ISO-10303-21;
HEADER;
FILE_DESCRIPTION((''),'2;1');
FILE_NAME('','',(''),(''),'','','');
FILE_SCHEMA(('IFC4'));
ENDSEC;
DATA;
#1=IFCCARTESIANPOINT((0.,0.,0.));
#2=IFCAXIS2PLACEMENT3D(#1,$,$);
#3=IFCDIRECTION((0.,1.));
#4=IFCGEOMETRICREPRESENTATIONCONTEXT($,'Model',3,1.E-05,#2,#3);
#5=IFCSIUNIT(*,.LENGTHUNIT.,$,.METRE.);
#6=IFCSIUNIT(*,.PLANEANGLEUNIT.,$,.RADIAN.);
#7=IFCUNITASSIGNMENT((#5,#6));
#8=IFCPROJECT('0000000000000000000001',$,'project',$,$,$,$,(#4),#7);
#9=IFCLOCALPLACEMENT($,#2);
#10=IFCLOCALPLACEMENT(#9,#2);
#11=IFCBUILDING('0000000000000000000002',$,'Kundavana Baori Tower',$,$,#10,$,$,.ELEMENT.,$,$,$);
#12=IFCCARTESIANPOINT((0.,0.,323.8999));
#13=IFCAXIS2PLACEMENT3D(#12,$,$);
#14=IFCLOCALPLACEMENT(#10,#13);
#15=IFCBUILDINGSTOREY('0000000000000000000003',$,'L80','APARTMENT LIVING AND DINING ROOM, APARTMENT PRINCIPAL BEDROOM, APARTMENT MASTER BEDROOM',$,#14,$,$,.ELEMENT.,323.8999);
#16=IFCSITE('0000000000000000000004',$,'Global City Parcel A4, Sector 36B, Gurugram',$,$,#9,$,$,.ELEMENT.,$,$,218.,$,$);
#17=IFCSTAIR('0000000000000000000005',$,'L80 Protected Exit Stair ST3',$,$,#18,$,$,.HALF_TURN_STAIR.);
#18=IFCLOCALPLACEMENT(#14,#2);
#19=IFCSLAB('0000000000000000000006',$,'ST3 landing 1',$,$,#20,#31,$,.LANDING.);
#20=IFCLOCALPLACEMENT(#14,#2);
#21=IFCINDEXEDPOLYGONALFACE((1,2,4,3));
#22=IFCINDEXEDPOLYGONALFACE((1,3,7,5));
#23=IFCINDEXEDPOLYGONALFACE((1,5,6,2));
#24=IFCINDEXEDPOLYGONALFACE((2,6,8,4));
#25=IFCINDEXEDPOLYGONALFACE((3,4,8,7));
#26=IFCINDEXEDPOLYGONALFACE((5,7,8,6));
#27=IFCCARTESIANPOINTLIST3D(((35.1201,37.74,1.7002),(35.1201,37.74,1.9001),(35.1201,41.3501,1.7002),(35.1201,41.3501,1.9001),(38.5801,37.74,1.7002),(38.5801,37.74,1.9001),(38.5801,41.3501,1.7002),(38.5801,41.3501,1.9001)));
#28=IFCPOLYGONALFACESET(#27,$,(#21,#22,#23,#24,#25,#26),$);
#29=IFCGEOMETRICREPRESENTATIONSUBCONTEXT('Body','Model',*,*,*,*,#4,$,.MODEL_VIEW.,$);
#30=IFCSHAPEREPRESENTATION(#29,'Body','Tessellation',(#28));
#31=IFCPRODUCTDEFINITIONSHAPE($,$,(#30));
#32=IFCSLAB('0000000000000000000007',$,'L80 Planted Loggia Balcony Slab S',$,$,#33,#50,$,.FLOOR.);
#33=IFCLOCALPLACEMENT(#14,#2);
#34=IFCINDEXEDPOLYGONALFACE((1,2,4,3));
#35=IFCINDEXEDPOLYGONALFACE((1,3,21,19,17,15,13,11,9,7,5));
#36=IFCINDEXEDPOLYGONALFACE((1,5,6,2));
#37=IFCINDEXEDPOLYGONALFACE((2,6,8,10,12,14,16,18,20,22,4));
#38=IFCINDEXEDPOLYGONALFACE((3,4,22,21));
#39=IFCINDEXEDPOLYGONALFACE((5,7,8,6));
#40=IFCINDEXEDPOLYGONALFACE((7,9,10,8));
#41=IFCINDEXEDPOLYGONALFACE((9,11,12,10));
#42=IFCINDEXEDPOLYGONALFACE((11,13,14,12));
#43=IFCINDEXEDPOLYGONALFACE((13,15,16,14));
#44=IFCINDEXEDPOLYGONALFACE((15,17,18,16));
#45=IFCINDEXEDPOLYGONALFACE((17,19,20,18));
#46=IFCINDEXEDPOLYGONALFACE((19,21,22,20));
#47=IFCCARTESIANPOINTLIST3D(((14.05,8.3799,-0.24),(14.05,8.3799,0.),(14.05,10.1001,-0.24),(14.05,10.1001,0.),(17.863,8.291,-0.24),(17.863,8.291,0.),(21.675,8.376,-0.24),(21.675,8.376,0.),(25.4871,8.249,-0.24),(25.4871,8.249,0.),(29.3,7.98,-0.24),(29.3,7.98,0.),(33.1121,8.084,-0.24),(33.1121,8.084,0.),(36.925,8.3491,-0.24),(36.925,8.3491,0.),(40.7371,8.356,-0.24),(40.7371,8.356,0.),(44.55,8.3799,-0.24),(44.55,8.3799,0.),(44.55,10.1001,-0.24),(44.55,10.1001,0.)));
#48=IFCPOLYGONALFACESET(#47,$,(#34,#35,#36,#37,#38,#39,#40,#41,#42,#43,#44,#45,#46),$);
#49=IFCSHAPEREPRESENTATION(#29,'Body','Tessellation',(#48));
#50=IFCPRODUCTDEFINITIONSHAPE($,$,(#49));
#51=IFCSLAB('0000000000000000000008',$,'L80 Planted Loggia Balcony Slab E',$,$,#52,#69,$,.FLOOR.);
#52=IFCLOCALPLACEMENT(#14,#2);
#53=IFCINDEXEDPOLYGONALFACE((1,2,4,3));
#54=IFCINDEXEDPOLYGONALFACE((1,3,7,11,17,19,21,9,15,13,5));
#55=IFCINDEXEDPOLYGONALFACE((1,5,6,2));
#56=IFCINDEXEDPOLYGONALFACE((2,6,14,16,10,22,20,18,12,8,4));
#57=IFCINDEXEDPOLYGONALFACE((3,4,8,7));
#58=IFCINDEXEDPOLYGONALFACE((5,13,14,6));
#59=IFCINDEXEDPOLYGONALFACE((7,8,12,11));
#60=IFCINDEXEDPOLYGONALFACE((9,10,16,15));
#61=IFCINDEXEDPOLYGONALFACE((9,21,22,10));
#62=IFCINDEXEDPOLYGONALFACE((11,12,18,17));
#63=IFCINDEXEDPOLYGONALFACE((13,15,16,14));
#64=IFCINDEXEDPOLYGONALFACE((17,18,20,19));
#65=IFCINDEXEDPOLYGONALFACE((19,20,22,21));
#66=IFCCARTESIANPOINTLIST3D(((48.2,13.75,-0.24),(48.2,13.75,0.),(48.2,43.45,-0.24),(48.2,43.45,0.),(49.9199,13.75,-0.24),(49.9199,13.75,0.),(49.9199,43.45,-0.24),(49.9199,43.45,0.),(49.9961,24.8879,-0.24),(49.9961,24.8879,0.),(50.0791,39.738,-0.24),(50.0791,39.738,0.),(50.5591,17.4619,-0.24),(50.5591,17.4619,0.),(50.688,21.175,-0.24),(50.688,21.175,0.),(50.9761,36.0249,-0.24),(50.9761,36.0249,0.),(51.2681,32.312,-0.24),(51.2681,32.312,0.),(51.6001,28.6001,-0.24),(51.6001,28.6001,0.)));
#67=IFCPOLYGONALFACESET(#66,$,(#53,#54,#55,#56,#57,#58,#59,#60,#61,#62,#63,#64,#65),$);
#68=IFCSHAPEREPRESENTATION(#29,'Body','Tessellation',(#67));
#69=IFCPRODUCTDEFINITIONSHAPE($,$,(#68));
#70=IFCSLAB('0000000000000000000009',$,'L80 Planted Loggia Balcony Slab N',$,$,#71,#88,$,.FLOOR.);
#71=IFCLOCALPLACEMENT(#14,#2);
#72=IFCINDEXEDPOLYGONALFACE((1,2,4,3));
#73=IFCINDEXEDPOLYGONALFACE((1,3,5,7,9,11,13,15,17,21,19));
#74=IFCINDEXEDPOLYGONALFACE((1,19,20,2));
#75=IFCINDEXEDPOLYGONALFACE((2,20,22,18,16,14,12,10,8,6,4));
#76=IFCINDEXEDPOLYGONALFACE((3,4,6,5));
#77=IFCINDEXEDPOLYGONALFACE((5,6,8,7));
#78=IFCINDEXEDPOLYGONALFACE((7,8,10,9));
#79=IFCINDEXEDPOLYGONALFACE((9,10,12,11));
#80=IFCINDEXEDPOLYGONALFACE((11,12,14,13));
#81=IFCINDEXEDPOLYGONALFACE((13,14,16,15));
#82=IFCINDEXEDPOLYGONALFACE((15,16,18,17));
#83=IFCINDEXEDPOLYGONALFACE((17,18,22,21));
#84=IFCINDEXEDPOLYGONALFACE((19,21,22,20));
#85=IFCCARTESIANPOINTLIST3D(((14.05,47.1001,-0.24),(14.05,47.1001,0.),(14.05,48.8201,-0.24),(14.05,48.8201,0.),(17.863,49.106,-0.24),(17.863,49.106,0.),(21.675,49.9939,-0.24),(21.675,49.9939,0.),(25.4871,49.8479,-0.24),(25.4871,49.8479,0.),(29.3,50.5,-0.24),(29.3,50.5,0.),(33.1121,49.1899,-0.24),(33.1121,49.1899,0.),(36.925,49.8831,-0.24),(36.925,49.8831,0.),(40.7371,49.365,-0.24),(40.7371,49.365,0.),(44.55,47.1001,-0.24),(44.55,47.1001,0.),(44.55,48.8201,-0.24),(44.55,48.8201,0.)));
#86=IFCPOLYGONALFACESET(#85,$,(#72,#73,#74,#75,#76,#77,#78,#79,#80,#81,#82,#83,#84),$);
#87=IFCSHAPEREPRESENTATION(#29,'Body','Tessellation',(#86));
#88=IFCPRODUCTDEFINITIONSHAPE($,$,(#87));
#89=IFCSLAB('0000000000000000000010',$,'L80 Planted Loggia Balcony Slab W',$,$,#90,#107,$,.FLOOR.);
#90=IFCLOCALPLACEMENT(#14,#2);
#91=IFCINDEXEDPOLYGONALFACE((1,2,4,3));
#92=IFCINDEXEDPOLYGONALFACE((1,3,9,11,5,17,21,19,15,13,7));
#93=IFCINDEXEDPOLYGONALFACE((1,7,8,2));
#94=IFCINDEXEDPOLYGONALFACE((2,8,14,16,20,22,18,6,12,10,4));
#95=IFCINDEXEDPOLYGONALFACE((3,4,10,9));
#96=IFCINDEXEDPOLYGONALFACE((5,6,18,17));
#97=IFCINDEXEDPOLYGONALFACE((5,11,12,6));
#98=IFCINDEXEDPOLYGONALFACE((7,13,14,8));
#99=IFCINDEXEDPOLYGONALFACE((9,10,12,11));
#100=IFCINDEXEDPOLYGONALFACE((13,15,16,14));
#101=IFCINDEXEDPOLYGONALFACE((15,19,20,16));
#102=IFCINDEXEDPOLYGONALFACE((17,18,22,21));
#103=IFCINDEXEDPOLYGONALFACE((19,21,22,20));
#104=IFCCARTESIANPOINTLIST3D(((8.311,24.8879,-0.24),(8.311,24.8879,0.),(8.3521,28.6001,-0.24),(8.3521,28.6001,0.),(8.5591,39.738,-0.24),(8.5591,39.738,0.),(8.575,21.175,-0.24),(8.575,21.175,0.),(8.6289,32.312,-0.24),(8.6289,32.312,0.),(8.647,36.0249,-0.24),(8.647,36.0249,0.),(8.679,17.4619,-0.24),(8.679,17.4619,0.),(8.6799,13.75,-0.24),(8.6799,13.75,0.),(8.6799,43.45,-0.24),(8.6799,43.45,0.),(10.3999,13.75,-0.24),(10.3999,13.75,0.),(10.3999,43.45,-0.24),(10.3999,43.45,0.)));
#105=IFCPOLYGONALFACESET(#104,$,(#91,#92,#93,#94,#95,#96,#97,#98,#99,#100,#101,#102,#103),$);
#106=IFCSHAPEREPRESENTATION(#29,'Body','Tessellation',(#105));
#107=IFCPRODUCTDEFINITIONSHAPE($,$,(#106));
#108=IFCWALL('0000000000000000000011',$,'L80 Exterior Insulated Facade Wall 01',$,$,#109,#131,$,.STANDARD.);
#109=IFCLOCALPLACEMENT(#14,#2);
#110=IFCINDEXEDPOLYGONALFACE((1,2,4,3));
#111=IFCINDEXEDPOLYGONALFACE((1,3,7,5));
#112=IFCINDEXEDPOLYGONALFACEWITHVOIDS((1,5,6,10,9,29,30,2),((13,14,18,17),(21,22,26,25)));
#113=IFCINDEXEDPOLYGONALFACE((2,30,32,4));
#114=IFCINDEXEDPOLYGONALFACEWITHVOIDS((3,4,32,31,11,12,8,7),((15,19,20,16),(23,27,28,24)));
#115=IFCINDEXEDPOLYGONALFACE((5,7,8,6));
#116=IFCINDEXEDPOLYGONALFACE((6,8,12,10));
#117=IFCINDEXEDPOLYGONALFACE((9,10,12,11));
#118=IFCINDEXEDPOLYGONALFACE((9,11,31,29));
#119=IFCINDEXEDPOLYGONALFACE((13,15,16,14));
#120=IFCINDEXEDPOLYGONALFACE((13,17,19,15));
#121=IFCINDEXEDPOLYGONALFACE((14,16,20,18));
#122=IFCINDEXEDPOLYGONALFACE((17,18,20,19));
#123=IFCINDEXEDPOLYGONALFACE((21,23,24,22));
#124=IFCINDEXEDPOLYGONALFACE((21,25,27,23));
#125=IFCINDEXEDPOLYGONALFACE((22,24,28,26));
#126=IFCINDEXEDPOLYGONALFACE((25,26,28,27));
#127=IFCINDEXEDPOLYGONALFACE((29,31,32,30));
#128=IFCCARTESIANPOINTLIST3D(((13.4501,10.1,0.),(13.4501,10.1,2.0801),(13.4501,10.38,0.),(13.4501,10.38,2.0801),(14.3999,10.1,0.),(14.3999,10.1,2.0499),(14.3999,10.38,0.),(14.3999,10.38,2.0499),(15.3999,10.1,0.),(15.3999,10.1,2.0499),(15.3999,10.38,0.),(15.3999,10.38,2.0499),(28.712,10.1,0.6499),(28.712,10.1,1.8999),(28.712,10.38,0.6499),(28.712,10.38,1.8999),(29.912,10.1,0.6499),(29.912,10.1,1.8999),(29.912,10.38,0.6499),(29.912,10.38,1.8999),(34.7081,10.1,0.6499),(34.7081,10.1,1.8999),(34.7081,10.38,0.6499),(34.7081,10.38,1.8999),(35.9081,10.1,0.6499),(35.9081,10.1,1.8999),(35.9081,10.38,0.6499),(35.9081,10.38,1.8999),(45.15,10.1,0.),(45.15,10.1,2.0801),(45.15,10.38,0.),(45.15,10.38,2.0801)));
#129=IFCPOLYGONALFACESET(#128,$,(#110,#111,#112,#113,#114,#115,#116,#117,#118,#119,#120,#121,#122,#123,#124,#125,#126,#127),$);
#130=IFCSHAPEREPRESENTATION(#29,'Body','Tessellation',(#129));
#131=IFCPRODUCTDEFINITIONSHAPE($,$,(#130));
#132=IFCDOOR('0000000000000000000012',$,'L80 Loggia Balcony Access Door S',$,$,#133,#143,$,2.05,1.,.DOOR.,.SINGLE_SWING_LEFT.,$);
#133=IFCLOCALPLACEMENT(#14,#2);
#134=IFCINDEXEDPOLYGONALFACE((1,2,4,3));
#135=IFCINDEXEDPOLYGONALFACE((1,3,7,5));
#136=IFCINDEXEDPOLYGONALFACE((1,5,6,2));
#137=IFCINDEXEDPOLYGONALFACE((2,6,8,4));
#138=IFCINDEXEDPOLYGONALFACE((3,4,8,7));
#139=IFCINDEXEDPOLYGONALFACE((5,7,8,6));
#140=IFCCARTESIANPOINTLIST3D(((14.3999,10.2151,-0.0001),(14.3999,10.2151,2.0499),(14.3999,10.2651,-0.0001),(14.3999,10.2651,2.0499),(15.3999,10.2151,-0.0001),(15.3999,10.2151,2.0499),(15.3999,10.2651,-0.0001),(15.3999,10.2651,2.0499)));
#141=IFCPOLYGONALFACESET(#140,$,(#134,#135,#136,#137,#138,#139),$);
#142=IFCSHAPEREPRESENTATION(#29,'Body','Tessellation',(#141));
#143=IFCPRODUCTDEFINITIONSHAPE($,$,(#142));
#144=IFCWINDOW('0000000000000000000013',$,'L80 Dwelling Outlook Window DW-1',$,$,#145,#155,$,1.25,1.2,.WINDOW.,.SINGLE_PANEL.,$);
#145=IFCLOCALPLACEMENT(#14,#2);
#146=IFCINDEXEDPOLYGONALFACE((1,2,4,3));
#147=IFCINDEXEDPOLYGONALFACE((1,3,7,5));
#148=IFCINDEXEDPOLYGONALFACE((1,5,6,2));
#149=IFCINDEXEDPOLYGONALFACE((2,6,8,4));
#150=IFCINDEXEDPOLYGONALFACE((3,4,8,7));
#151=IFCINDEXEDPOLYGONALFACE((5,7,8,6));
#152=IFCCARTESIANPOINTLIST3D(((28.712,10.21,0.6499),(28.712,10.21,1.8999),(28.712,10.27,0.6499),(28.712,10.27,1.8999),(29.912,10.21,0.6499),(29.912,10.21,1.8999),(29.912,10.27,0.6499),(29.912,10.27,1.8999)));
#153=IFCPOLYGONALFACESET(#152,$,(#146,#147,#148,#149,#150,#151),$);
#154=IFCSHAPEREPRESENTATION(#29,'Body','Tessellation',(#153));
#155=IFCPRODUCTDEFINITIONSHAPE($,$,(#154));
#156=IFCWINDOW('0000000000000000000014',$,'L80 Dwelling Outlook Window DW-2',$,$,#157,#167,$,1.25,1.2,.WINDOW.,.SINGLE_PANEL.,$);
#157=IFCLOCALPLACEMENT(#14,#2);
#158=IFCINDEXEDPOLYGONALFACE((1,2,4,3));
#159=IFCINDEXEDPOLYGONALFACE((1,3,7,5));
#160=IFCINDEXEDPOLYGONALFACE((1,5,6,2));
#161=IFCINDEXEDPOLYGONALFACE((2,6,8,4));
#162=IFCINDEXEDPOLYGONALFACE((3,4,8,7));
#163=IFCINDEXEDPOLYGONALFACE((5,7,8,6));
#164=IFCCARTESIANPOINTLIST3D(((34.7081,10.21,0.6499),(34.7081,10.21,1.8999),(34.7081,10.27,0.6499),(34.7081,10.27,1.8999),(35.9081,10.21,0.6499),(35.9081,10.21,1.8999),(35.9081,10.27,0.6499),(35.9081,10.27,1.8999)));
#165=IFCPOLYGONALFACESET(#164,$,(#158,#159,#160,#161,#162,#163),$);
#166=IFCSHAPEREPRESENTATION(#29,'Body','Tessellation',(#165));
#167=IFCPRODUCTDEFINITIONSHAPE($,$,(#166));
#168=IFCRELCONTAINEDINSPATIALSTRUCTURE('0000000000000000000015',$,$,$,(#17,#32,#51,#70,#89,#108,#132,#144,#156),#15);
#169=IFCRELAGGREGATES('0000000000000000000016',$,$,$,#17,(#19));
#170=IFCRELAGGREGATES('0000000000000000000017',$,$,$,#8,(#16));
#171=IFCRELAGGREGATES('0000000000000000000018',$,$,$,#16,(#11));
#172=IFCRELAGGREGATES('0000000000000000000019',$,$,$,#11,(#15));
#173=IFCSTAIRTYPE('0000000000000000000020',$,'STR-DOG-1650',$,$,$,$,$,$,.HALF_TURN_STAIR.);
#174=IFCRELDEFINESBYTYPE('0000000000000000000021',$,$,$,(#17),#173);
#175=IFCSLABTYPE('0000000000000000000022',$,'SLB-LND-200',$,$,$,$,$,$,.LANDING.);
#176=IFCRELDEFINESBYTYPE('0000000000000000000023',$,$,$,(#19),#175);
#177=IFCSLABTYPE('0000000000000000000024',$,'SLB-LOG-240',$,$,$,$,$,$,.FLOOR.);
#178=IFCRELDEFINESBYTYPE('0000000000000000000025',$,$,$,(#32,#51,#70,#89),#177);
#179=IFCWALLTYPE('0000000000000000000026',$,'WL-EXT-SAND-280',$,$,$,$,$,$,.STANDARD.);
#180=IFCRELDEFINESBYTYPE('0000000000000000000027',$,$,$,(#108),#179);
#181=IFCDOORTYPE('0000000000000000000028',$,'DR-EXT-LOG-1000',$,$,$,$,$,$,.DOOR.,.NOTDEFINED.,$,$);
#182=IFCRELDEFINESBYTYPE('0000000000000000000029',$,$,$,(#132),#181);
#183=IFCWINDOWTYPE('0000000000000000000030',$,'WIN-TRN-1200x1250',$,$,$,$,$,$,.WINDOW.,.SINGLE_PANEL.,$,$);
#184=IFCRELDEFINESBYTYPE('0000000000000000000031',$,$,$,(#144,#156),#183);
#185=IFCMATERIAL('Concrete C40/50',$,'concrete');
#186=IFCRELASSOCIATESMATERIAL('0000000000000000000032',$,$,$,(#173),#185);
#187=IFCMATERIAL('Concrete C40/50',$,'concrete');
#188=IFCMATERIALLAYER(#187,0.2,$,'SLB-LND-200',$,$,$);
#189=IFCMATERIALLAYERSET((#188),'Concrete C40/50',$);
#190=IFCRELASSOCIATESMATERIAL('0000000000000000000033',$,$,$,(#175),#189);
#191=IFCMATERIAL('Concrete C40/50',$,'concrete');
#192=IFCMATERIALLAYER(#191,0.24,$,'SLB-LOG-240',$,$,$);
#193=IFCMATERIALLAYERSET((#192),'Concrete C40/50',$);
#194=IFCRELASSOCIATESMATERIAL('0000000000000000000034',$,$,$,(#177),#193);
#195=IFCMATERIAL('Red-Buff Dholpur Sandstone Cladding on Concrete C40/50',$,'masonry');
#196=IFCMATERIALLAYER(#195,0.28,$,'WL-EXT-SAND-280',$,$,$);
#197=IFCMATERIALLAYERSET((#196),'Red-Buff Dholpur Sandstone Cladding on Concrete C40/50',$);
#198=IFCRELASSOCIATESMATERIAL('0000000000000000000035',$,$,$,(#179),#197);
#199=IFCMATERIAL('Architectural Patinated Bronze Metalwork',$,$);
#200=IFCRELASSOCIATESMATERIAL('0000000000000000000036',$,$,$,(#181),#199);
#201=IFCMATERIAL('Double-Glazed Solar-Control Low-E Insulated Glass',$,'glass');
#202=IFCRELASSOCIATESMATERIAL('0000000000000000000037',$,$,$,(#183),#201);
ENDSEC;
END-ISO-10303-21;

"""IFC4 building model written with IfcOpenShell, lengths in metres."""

from ifc_helpers import new_model, si_unit, direction, frame, frame_2d, origin, place, context, subcontext, project, spatial, polyline, rectangle, outline, extrude, material, layer, layer_set, type_object, element, fill, aggregate, save


model = new_model("IFC4")

# Units and contexts
model_context = context("Model", 3, precision=1e-05, world=origin(), true_north=direction((0.0, 1.0)))
body_context = subcontext(model_context, "Body", "Model", "MODEL_VIEW")
ifc_project = project(units=[si_unit("LENGTHUNIT", "METRE"), si_unit("PLANEANGLEUNIT", "RADIAN")], contexts=[model_context])

# Site, building, storey
site_placement = place(None, origin())
site = spatial("IfcSite", under=ifc_project, at=site_placement, Name="Global City Parcel A4, Sector 36B, Gurugram", CompositionType="ELEMENT", RefElevation=218.0)
building_placement = place(site_placement, origin())
building = spatial("IfcBuilding", under=site, at=building_placement, Name="Kundavana Baori Tower", CompositionType="ELEMENT")
storey_placement = place(building_placement, frame((0.0, 0.0, 323.8999)))
storey = spatial("IfcBuildingStorey", under=building, at=storey_placement, Name="L80", Description="APARTMENT LIVING AND DINING ROOM, APARTMENT PRINCIPAL BEDROOM, APARTMENT MASTER BEDROOM", CompositionType="ELEMENT", Elevation=323.8999)

# Stair, slab
ifc_material_1 = material(Name="Concrete C40/50", Category="concrete")
stair_type = type_object("IfcStairType", Name="STR-DOG-1650", PredefinedType="HALF_TURN_STAIR", material=ifc_material_1)
ifc_material_2 = material(Name="Concrete C40/50", Category="concrete")
ifc_layer_1 = layer(ifc_material_2, 0.2, Name="SLB-LND-200")
ifc_layer_set_1 = layer_set([ifc_layer_1], Name="Concrete C40/50")
slab_type_1 = type_object("IfcSlabType", Name="SLB-LND-200", PredefinedType="LANDING", material=ifc_layer_set_1)
stair_1_placement = place(storey_placement, origin())
stair_1 = element("IfcStair", 1, at=stair_1_placement, inside=storey, type_object=stair_type, Name="L80 Protected Exit Stair ST3", PredefinedType="HALF_TURN_STAIR")
slab_1_placement = place(storey_placement, frame((0.0, 0.0, 1.7002)))
slab_1 = element("IfcSlab", 2, at=slab_1_placement, type_object=slab_type_1, Name="ST3 landing 1", PredefinedType="LANDING", context=body_context, shape_type="SweptSolid", body=[
    extrude(outline(polyline([(38.5801, 37.74), (38.5801, 41.3501), (35.1201, 41.3501), (35.1201, 37.74), (38.5801, 37.74)])), origin(), (0.0, 0.0, 1.0), 0.2),
])
aggregate(stair_1, [slab_1])

# Slabs
ifc_material_3 = material(Name="Concrete C40/50", Category="concrete")
ifc_layer_2 = layer(ifc_material_3, 0.24, Name="SLB-LOG-240")
ifc_layer_set_2 = layer_set([ifc_layer_2], Name="Concrete C40/50")
slab_type_2 = type_object("IfcSlabType", Name="SLB-LOG-240", PredefinedType="FLOOR", material=ifc_layer_set_2)
slab_2_placement = place(storey_placement, frame((0.0, 0.0, -0.24)))
element("IfcSlab", 3, at=slab_2_placement, inside=storey, type_object=slab_type_2, Name="L80 Planted Loggia Balcony Slab S", PredefinedType="FLOOR", context=body_context, shape_type="SweptSolid", body=[
    extrude(outline(polyline([(14.05, 10.1001), (44.55, 10.1001), (44.55, 8.3799), (40.7371, 8.356), (36.925, 8.3491), (33.1121, 8.084), (29.3, 7.98), (25.4871, 8.249), (21.675, 8.376), (17.863, 8.291), (14.05, 8.3799), (14.05, 10.1001)])), origin(), (0.0, 0.0, 1.0), 0.24),
])
slab_3_placement = place(storey_placement, frame((0.0, 0.0, -0.24)))
element("IfcSlab", 4, at=slab_3_placement, inside=storey, type_object=slab_type_2, Name="L80 Planted Loggia Balcony Slab E", PredefinedType="FLOOR", context=body_context, shape_type="SweptSolid", body=[
    extrude(outline(polyline([(48.2, 13.75), (48.2, 43.45), (49.9199, 43.45), (50.0791, 39.738), (50.9761, 36.0249), (51.2681, 32.312), (51.6001, 28.6001), (49.9961, 24.8879), (50.688, 21.175), (50.5591, 17.4619), (49.9199, 13.75), (48.2, 13.75)])), origin(), (0.0, 0.0, 1.0), 0.24),
])
slab_4_placement = place(storey_placement, frame((0.0, 0.0, -0.24)))
element("IfcSlab", 5, at=slab_4_placement, inside=storey, type_object=slab_type_2, Name="L80 Planted Loggia Balcony Slab N", PredefinedType="FLOOR", context=body_context, shape_type="SweptSolid", body=[
    extrude(outline(polyline([(44.55, 47.1001), (14.05, 47.1001), (14.05, 48.8201), (17.863, 49.106), (21.675, 49.9939), (25.4871, 49.8479), (29.3, 50.5), (33.1121, 49.1899), (36.925, 49.8831), (40.7371, 49.365), (44.55, 48.8201), (44.55, 47.1001)])), origin(), (0.0, 0.0, 1.0), 0.24),
])
slab_5_placement = place(storey_placement, frame((0.0, 0.0, -0.24)))
element("IfcSlab", 6, at=slab_5_placement, inside=storey, type_object=slab_type_2, Name="L80 Planted Loggia Balcony Slab W", PredefinedType="FLOOR", context=body_context, shape_type="SweptSolid", body=[
    extrude(outline(polyline([(10.3999, 43.45), (10.3999, 13.75), (8.6799, 13.75), (8.679, 17.4619), (8.575, 21.175), (8.311, 24.8879), (8.3521, 28.6001), (8.6289, 32.312), (8.647, 36.0249), (8.5591, 39.738), (8.6799, 43.45), (10.3999, 43.45)])), origin(), (0.0, 0.0, 1.0), 0.24),
])

# Wall, openings, door, windows
ifc_material_4 = material(Name="Red-Buff Dholpur Sandstone Cladding on Concrete C40/50", Category="masonry")
ifc_layer_3 = layer(ifc_material_4, 0.28, Name="WL-EXT-SAND-280")
ifc_layer_set_3 = layer_set([ifc_layer_3], Name="Red-Buff Dholpur Sandstone Cladding on Concrete C40/50")
wall_type_1 = type_object("IfcWallType", Name="WL-EXT-SAND-280", PredefinedType="STANDARD", material=ifc_layer_set_3)
wall_1_placement = place(storey_placement, frame((13.45, 10.24, 0.0), z_axis=(0.0, 0.0, 1.0), x_axis=(1.0, 0.0, 0.0)))
wall_1 = element("IfcWall", 7, at=wall_1_placement, inside=storey, type_object=wall_type_1, Name="L80 Exterior Insulated Facade Wall 01", PredefinedType="STANDARD", context=body_context, shape_type="SweptSolid", body=[
    extrude(rectangle(XDim=31.7, YDim=0.28, at=frame_2d((15.8501, 0.0))), origin(), (0.0, 0.0, 1.0), 2.0801),
])
opening_1_placement = place(wall_1_placement, frame((0.95, 0.0, 0.0)))
opening_1 = element("IfcOpeningElement", 8, at=opening_1_placement, cuts=wall_1, PredefinedType="OPENING", context=body_context, shape_type="SweptSolid", body=[
    extrude(rectangle(XDim=1.0, YDim=2.05, at=frame_2d((0.5, 1.0249))), frame((0.0, 0.1499, 0.0), z_axis=(0.0, -1.0, 0.0), x_axis=(1.0, 0.0, 0.0)), (0.0, 0.0, 1.0), 0.3),
])
opening_2_placement = place(wall_1_placement, frame((15.262, 0.0, 0.6499)))
opening_2 = element("IfcOpeningElement", 9, at=opening_2_placement, cuts=wall_1, PredefinedType="OPENING", context=body_context, shape_type="SweptSolid", body=[
    extrude(rectangle(XDim=1.2, YDim=1.25, at=frame_2d((0.6001, 0.625))), frame((0.0, 0.1499, 0.0), z_axis=(0.0, -1.0, 0.0), x_axis=(1.0, 0.0, 0.0)), (0.0, 0.0, 1.0), 0.3),
])
opening_3_placement = place(wall_1_placement, frame((21.2581, 0.0, 0.6499)))
opening_3 = element("IfcOpeningElement", 10, at=opening_3_placement, cuts=wall_1, PredefinedType="OPENING", context=body_context, shape_type="SweptSolid", body=[
    extrude(rectangle(XDim=1.2, YDim=1.25, at=frame_2d((0.6001, 0.625))), frame((0.0, 0.1499, 0.0), z_axis=(0.0, -1.0, 0.0), x_axis=(1.0, 0.0, 0.0)), (0.0, 0.0, 1.0), 0.3),
])
ifc_material_5 = material(Name="Architectural Patinated Bronze Metalwork")
door_type_1 = type_object("IfcDoorType", Name="DR-EXT-LOG-1000", OperationType="NOTDEFINED", PredefinedType="DOOR", material=ifc_material_5)
door_1_placement = place(opening_1_placement, frame((1.0, 0.0, 0.0), z_axis=(0.0, 0.0, 1.0), x_axis=(-1.0, 0.0, 0.0)))
door_1 = element("IfcDoor", 11, at=door_1_placement, inside=storey, type_object=door_type_1, Name="L80 Loggia Balcony Access Door S", OperationType="SINGLE_SWING_LEFT", OverallHeight=2.05, OverallWidth=1.0, PredefinedType="DOOR", context=body_context, shape_type="SweptSolid", body=[
    extrude(rectangle(XDim=1.0, YDim=2.05, at=frame_2d((0.5, 1.0249))), frame((0.0, 0.0249, 0.0), z_axis=(0.0, -1.0, 0.0), x_axis=(1.0, 0.0, 0.0)), (0.0, 0.0, 1.0), 0.05),
])
fill(opening_1, door_1)
ifc_material_6 = material(Name="Double-Glazed Solar-Control Low-E Insulated Glass", Category="glass")
window_type = type_object("IfcWindowType", Name="WIN-TRN-1200x1250", PartitioningType="SINGLE_PANEL", PredefinedType="WINDOW", material=ifc_material_6)
window_1_placement = place(opening_2_placement, origin())
window_1 = element("IfcWindow", 12, at=window_1_placement, inside=storey, type_object=window_type, Name="L80 Dwelling Outlook Window DW-1", OverallHeight=1.25, OverallWidth=1.2, PartitioningType="SINGLE_PANEL", PredefinedType="WINDOW", context=body_context, shape_type="SweptSolid", body=[
    extrude(rectangle(XDim=1.2, YDim=1.25, at=frame_2d((0.6001, 0.625))), frame((0.0, 0.03, 0.0), z_axis=(0.0, -1.0, 0.0), x_axis=(1.0, 0.0, 0.0)), (0.0, 0.0, 1.0), 0.0601),
])
fill(opening_2, window_1)
window_2_placement = place(opening_3_placement, origin())
window_2 = element("IfcWindow", 13, at=window_2_placement, inside=storey, type_object=window_type, Name="L80 Dwelling Outlook Window DW-2", OverallHeight=1.25, OverallWidth=1.2, PartitioningType="SINGLE_PANEL", PredefinedType="WINDOW", context=body_context, shape_type="SweptSolid", body=[
    extrude(rectangle(XDim=1.2, YDim=1.25, at=frame_2d((0.6001, 0.625))), frame((0.0, 0.03, 0.0), z_axis=(0.0, -1.0, 0.0), x_axis=(1.0, 0.0, 0.0)), (0.0, 0.0, 1.0), 0.0601),
])
fill(opening_3, window_2)

save(model, "model.ifc")
